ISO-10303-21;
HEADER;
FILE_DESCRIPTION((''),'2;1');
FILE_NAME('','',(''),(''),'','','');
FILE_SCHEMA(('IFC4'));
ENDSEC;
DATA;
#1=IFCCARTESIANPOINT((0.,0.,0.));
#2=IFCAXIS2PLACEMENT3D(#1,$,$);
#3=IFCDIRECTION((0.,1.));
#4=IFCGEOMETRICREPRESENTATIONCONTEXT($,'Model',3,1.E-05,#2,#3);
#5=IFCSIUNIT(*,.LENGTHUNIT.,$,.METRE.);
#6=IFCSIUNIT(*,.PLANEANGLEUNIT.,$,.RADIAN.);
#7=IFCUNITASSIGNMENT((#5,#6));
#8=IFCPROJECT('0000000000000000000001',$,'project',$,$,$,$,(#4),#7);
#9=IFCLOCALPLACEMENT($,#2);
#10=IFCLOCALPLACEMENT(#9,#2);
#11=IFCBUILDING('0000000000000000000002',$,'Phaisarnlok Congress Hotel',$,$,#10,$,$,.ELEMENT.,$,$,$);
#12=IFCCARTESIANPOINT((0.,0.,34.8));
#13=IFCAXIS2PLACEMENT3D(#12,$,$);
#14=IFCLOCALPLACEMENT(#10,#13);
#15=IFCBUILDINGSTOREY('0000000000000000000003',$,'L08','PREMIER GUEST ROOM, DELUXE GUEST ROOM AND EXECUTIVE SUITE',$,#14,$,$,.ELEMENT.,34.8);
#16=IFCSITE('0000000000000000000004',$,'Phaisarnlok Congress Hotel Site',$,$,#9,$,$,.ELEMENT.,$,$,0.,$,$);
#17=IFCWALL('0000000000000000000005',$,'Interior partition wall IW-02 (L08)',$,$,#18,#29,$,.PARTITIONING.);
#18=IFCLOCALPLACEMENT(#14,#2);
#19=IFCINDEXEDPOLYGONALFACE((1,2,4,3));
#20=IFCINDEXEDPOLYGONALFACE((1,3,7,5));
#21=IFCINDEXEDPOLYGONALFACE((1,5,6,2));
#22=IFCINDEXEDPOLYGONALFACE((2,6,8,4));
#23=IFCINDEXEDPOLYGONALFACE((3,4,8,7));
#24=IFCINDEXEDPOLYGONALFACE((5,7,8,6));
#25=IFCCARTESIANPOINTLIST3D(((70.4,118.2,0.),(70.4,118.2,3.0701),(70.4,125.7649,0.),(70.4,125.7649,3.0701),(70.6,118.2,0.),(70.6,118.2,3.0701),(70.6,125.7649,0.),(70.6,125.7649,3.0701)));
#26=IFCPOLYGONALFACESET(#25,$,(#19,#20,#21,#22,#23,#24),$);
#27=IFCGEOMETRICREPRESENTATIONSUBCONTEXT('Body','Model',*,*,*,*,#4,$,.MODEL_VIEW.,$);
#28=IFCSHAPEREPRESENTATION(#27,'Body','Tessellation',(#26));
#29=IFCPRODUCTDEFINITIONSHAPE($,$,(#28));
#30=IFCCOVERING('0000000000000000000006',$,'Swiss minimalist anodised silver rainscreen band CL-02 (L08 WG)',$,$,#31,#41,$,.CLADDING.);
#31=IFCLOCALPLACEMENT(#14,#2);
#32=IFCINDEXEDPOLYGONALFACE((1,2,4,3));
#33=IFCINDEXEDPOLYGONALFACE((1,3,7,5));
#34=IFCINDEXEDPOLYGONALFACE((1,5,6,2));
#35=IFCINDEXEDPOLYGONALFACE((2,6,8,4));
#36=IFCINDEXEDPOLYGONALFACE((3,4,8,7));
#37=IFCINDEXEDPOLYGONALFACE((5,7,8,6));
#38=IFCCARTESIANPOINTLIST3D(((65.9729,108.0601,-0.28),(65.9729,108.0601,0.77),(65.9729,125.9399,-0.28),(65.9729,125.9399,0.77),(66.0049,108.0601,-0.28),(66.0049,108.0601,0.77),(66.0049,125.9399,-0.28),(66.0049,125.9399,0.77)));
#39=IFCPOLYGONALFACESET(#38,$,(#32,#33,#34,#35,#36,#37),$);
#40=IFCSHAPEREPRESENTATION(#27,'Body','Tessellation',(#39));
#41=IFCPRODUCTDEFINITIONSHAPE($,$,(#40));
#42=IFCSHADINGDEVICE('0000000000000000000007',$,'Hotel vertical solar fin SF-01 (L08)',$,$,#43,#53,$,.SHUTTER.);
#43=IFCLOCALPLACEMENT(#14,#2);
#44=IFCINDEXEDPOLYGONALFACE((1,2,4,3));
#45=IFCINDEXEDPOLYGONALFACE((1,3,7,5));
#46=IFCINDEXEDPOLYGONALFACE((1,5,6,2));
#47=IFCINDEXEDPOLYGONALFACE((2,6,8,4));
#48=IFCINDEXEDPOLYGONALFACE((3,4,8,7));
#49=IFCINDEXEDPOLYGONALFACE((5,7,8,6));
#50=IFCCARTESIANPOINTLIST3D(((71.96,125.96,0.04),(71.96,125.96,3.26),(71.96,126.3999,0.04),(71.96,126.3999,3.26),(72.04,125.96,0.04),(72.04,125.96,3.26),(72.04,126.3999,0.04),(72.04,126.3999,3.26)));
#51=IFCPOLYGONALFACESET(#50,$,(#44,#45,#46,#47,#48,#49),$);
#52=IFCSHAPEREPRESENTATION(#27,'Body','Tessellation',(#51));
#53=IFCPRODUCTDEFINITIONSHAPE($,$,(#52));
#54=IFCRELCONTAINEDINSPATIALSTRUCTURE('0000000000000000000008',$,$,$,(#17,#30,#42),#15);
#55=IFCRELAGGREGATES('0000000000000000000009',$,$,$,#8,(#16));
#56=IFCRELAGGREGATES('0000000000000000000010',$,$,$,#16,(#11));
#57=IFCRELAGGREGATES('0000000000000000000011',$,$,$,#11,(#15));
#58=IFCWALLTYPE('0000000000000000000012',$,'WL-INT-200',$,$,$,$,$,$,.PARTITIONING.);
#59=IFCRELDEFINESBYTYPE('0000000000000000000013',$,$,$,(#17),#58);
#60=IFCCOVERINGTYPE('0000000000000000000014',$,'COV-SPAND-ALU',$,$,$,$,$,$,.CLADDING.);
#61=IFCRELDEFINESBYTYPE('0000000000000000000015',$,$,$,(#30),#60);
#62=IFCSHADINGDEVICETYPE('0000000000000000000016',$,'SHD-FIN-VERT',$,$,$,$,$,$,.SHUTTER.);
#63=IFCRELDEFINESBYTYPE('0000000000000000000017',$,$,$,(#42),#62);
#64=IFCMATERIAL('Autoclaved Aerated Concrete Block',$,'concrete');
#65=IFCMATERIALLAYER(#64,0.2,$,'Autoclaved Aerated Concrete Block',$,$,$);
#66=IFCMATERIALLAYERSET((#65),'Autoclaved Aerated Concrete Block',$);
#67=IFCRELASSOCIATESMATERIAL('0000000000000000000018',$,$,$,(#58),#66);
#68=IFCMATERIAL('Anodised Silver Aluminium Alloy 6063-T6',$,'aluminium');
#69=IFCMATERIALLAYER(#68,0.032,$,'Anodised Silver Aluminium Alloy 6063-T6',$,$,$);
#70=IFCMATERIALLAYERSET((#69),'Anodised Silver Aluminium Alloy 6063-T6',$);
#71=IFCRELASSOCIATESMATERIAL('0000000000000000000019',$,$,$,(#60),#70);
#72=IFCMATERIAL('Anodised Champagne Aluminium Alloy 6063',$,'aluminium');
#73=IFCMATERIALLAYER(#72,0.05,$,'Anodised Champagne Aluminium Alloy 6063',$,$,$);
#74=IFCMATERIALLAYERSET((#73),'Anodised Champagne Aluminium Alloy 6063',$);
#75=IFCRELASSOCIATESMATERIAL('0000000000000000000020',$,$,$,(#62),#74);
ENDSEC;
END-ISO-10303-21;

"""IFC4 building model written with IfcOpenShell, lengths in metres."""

from ifc_helpers import new_model, si_unit, direction, frame, frame_2d, origin, origin_2d, place, context, subcontext, project, spatial, polyline, rectangle, outline, extrude, material, layer, layer_set, type_object, element, save


model = new_model("IFC4")

# Units and contexts
model_context = context("Model", 3, precision=1e-05, world=origin(), true_north=direction((0.0, 1.0)))
body_context = subcontext(model_context, "Body", "Model", "MODEL_VIEW")
ifc_project = project(units=[si_unit("LENGTHUNIT", "METRE"), si_unit("PLANEANGLEUNIT", "RADIAN")], contexts=[model_context])

# Site, building, storey
site_placement = place(None, origin())
site = spatial("IfcSite", under=ifc_project, at=site_placement, Name="Phaisarnlok Congress Hotel Site", CompositionType="ELEMENT", RefElevation=0.0)
building_placement = place(site_placement, origin())
building = spatial("IfcBuilding", under=site, at=building_placement, Name="Phaisarnlok Congress Hotel", CompositionType="ELEMENT")
storey_placement = place(building_placement, frame((0.0, 0.0, 34.8)))
storey = spatial("IfcBuildingStorey", under=building, at=storey_placement, Name="L08", Description="PREMIER GUEST ROOM, DELUXE GUEST ROOM AND EXECUTIVE SUITE", CompositionType="ELEMENT", Elevation=34.8)

# Wall
ifc_material_1 = material(Name="Autoclaved Aerated Concrete Block", Category="concrete")
ifc_layer_1 = layer(ifc_material_1, 0.2, Name="Autoclaved Aerated Concrete Block")
ifc_layer_set_1 = layer_set([ifc_layer_1], Name="Autoclaved Aerated Concrete Block")
wall_type_1 = type_object("IfcWallType", Name="WL-INT-200", PredefinedType="PARTITIONING", material=ifc_layer_set_1)
wall_1_placement = place(storey_placement, frame((70.5, 118.2, 0.0), z_axis=(0.0, 0.0, 1.0), x_axis=(0.0, 1.0, 0.0)))
element("IfcWall", 1, at=wall_1_placement, inside=storey, type_object=wall_type_1, Name="Interior partition wall IW-02 (L08)", PredefinedType="PARTITIONING", context=body_context, shape_type="SweptSolid", body=[
    extrude(rectangle(XDim=7.5649, YDim=0.2, at=frame_2d((3.7825, 0.0))), origin(), (0.0, 0.0, 1.0), 3.0701),
])

# Covering
ifc_material_2 = material(Name="Anodised Silver Aluminium Alloy 6063-T6", Category="aluminium")
ifc_layer_2 = layer(ifc_material_2, 0.032, Name="Anodised Silver Aluminium Alloy 6063-T6")
ifc_layer_set_2 = layer_set([ifc_layer_2], Name="Anodised Silver Aluminium Alloy 6063-T6")
covering_type = type_object("IfcCoveringType", Name="COV-SPAND-ALU", PredefinedType="CLADDING", material=ifc_layer_set_2)
covering_placement = place(storey_placement, frame((66.0049, 125.9399, -0.28), z_axis=(-1.0, 0.0, 0.0), x_axis=(0.0, -1.0, 0.0)))
element("IfcCovering", 2, at=covering_placement, inside=storey, type_object=covering_type, Name="Swiss minimalist anodised silver rainscreen band CL-02 (L08 WG)", PredefinedType="CLADDING", context=body_context, shape_type="SweptSolid", body=[
    extrude(outline(polyline([(0.0, 0.0), (17.8799, 0.0), (17.8799, 1.05), (0.0, 1.05), (0.0, 0.0)])), origin(), (0.0, 0.0, 1.0), 0.032),
])

# Shading device
ifc_material_3 = material(Name="Anodised Champagne Aluminium Alloy 6063", Category="aluminium")
ifc_layer_3 = layer(ifc_material_3, 0.05, Name="Anodised Champagne Aluminium Alloy 6063")
ifc_layer_set_3 = layer_set([ifc_layer_3], Name="Anodised Champagne Aluminium Alloy 6063")
shading_device_type = type_object("IfcShadingDeviceType", Name="SHD-FIN-VERT", PredefinedType="SHUTTER", material=ifc_layer_set_3)
shading_device_placement = place(storey_placement, frame((72.0, 126.1799, 0.04), z_axis=(0.0, 0.0, 1.0), x_axis=(1.0, 0.0, 0.0)))
element("IfcShadingDevice", 3, at=shading_device_placement, inside=storey, type_object=shading_device_type, Name="Hotel vertical solar fin SF-01 (L08)", PredefinedType="SHUTTER", context=body_context, shape_type="SweptSolid", body=[
    extrude(rectangle(XDim=0.0801, YDim=0.4399, at=origin_2d()), origin(), (0.0, 0.0, 1.0), 3.22),
])

save(model, "model.ifc")
